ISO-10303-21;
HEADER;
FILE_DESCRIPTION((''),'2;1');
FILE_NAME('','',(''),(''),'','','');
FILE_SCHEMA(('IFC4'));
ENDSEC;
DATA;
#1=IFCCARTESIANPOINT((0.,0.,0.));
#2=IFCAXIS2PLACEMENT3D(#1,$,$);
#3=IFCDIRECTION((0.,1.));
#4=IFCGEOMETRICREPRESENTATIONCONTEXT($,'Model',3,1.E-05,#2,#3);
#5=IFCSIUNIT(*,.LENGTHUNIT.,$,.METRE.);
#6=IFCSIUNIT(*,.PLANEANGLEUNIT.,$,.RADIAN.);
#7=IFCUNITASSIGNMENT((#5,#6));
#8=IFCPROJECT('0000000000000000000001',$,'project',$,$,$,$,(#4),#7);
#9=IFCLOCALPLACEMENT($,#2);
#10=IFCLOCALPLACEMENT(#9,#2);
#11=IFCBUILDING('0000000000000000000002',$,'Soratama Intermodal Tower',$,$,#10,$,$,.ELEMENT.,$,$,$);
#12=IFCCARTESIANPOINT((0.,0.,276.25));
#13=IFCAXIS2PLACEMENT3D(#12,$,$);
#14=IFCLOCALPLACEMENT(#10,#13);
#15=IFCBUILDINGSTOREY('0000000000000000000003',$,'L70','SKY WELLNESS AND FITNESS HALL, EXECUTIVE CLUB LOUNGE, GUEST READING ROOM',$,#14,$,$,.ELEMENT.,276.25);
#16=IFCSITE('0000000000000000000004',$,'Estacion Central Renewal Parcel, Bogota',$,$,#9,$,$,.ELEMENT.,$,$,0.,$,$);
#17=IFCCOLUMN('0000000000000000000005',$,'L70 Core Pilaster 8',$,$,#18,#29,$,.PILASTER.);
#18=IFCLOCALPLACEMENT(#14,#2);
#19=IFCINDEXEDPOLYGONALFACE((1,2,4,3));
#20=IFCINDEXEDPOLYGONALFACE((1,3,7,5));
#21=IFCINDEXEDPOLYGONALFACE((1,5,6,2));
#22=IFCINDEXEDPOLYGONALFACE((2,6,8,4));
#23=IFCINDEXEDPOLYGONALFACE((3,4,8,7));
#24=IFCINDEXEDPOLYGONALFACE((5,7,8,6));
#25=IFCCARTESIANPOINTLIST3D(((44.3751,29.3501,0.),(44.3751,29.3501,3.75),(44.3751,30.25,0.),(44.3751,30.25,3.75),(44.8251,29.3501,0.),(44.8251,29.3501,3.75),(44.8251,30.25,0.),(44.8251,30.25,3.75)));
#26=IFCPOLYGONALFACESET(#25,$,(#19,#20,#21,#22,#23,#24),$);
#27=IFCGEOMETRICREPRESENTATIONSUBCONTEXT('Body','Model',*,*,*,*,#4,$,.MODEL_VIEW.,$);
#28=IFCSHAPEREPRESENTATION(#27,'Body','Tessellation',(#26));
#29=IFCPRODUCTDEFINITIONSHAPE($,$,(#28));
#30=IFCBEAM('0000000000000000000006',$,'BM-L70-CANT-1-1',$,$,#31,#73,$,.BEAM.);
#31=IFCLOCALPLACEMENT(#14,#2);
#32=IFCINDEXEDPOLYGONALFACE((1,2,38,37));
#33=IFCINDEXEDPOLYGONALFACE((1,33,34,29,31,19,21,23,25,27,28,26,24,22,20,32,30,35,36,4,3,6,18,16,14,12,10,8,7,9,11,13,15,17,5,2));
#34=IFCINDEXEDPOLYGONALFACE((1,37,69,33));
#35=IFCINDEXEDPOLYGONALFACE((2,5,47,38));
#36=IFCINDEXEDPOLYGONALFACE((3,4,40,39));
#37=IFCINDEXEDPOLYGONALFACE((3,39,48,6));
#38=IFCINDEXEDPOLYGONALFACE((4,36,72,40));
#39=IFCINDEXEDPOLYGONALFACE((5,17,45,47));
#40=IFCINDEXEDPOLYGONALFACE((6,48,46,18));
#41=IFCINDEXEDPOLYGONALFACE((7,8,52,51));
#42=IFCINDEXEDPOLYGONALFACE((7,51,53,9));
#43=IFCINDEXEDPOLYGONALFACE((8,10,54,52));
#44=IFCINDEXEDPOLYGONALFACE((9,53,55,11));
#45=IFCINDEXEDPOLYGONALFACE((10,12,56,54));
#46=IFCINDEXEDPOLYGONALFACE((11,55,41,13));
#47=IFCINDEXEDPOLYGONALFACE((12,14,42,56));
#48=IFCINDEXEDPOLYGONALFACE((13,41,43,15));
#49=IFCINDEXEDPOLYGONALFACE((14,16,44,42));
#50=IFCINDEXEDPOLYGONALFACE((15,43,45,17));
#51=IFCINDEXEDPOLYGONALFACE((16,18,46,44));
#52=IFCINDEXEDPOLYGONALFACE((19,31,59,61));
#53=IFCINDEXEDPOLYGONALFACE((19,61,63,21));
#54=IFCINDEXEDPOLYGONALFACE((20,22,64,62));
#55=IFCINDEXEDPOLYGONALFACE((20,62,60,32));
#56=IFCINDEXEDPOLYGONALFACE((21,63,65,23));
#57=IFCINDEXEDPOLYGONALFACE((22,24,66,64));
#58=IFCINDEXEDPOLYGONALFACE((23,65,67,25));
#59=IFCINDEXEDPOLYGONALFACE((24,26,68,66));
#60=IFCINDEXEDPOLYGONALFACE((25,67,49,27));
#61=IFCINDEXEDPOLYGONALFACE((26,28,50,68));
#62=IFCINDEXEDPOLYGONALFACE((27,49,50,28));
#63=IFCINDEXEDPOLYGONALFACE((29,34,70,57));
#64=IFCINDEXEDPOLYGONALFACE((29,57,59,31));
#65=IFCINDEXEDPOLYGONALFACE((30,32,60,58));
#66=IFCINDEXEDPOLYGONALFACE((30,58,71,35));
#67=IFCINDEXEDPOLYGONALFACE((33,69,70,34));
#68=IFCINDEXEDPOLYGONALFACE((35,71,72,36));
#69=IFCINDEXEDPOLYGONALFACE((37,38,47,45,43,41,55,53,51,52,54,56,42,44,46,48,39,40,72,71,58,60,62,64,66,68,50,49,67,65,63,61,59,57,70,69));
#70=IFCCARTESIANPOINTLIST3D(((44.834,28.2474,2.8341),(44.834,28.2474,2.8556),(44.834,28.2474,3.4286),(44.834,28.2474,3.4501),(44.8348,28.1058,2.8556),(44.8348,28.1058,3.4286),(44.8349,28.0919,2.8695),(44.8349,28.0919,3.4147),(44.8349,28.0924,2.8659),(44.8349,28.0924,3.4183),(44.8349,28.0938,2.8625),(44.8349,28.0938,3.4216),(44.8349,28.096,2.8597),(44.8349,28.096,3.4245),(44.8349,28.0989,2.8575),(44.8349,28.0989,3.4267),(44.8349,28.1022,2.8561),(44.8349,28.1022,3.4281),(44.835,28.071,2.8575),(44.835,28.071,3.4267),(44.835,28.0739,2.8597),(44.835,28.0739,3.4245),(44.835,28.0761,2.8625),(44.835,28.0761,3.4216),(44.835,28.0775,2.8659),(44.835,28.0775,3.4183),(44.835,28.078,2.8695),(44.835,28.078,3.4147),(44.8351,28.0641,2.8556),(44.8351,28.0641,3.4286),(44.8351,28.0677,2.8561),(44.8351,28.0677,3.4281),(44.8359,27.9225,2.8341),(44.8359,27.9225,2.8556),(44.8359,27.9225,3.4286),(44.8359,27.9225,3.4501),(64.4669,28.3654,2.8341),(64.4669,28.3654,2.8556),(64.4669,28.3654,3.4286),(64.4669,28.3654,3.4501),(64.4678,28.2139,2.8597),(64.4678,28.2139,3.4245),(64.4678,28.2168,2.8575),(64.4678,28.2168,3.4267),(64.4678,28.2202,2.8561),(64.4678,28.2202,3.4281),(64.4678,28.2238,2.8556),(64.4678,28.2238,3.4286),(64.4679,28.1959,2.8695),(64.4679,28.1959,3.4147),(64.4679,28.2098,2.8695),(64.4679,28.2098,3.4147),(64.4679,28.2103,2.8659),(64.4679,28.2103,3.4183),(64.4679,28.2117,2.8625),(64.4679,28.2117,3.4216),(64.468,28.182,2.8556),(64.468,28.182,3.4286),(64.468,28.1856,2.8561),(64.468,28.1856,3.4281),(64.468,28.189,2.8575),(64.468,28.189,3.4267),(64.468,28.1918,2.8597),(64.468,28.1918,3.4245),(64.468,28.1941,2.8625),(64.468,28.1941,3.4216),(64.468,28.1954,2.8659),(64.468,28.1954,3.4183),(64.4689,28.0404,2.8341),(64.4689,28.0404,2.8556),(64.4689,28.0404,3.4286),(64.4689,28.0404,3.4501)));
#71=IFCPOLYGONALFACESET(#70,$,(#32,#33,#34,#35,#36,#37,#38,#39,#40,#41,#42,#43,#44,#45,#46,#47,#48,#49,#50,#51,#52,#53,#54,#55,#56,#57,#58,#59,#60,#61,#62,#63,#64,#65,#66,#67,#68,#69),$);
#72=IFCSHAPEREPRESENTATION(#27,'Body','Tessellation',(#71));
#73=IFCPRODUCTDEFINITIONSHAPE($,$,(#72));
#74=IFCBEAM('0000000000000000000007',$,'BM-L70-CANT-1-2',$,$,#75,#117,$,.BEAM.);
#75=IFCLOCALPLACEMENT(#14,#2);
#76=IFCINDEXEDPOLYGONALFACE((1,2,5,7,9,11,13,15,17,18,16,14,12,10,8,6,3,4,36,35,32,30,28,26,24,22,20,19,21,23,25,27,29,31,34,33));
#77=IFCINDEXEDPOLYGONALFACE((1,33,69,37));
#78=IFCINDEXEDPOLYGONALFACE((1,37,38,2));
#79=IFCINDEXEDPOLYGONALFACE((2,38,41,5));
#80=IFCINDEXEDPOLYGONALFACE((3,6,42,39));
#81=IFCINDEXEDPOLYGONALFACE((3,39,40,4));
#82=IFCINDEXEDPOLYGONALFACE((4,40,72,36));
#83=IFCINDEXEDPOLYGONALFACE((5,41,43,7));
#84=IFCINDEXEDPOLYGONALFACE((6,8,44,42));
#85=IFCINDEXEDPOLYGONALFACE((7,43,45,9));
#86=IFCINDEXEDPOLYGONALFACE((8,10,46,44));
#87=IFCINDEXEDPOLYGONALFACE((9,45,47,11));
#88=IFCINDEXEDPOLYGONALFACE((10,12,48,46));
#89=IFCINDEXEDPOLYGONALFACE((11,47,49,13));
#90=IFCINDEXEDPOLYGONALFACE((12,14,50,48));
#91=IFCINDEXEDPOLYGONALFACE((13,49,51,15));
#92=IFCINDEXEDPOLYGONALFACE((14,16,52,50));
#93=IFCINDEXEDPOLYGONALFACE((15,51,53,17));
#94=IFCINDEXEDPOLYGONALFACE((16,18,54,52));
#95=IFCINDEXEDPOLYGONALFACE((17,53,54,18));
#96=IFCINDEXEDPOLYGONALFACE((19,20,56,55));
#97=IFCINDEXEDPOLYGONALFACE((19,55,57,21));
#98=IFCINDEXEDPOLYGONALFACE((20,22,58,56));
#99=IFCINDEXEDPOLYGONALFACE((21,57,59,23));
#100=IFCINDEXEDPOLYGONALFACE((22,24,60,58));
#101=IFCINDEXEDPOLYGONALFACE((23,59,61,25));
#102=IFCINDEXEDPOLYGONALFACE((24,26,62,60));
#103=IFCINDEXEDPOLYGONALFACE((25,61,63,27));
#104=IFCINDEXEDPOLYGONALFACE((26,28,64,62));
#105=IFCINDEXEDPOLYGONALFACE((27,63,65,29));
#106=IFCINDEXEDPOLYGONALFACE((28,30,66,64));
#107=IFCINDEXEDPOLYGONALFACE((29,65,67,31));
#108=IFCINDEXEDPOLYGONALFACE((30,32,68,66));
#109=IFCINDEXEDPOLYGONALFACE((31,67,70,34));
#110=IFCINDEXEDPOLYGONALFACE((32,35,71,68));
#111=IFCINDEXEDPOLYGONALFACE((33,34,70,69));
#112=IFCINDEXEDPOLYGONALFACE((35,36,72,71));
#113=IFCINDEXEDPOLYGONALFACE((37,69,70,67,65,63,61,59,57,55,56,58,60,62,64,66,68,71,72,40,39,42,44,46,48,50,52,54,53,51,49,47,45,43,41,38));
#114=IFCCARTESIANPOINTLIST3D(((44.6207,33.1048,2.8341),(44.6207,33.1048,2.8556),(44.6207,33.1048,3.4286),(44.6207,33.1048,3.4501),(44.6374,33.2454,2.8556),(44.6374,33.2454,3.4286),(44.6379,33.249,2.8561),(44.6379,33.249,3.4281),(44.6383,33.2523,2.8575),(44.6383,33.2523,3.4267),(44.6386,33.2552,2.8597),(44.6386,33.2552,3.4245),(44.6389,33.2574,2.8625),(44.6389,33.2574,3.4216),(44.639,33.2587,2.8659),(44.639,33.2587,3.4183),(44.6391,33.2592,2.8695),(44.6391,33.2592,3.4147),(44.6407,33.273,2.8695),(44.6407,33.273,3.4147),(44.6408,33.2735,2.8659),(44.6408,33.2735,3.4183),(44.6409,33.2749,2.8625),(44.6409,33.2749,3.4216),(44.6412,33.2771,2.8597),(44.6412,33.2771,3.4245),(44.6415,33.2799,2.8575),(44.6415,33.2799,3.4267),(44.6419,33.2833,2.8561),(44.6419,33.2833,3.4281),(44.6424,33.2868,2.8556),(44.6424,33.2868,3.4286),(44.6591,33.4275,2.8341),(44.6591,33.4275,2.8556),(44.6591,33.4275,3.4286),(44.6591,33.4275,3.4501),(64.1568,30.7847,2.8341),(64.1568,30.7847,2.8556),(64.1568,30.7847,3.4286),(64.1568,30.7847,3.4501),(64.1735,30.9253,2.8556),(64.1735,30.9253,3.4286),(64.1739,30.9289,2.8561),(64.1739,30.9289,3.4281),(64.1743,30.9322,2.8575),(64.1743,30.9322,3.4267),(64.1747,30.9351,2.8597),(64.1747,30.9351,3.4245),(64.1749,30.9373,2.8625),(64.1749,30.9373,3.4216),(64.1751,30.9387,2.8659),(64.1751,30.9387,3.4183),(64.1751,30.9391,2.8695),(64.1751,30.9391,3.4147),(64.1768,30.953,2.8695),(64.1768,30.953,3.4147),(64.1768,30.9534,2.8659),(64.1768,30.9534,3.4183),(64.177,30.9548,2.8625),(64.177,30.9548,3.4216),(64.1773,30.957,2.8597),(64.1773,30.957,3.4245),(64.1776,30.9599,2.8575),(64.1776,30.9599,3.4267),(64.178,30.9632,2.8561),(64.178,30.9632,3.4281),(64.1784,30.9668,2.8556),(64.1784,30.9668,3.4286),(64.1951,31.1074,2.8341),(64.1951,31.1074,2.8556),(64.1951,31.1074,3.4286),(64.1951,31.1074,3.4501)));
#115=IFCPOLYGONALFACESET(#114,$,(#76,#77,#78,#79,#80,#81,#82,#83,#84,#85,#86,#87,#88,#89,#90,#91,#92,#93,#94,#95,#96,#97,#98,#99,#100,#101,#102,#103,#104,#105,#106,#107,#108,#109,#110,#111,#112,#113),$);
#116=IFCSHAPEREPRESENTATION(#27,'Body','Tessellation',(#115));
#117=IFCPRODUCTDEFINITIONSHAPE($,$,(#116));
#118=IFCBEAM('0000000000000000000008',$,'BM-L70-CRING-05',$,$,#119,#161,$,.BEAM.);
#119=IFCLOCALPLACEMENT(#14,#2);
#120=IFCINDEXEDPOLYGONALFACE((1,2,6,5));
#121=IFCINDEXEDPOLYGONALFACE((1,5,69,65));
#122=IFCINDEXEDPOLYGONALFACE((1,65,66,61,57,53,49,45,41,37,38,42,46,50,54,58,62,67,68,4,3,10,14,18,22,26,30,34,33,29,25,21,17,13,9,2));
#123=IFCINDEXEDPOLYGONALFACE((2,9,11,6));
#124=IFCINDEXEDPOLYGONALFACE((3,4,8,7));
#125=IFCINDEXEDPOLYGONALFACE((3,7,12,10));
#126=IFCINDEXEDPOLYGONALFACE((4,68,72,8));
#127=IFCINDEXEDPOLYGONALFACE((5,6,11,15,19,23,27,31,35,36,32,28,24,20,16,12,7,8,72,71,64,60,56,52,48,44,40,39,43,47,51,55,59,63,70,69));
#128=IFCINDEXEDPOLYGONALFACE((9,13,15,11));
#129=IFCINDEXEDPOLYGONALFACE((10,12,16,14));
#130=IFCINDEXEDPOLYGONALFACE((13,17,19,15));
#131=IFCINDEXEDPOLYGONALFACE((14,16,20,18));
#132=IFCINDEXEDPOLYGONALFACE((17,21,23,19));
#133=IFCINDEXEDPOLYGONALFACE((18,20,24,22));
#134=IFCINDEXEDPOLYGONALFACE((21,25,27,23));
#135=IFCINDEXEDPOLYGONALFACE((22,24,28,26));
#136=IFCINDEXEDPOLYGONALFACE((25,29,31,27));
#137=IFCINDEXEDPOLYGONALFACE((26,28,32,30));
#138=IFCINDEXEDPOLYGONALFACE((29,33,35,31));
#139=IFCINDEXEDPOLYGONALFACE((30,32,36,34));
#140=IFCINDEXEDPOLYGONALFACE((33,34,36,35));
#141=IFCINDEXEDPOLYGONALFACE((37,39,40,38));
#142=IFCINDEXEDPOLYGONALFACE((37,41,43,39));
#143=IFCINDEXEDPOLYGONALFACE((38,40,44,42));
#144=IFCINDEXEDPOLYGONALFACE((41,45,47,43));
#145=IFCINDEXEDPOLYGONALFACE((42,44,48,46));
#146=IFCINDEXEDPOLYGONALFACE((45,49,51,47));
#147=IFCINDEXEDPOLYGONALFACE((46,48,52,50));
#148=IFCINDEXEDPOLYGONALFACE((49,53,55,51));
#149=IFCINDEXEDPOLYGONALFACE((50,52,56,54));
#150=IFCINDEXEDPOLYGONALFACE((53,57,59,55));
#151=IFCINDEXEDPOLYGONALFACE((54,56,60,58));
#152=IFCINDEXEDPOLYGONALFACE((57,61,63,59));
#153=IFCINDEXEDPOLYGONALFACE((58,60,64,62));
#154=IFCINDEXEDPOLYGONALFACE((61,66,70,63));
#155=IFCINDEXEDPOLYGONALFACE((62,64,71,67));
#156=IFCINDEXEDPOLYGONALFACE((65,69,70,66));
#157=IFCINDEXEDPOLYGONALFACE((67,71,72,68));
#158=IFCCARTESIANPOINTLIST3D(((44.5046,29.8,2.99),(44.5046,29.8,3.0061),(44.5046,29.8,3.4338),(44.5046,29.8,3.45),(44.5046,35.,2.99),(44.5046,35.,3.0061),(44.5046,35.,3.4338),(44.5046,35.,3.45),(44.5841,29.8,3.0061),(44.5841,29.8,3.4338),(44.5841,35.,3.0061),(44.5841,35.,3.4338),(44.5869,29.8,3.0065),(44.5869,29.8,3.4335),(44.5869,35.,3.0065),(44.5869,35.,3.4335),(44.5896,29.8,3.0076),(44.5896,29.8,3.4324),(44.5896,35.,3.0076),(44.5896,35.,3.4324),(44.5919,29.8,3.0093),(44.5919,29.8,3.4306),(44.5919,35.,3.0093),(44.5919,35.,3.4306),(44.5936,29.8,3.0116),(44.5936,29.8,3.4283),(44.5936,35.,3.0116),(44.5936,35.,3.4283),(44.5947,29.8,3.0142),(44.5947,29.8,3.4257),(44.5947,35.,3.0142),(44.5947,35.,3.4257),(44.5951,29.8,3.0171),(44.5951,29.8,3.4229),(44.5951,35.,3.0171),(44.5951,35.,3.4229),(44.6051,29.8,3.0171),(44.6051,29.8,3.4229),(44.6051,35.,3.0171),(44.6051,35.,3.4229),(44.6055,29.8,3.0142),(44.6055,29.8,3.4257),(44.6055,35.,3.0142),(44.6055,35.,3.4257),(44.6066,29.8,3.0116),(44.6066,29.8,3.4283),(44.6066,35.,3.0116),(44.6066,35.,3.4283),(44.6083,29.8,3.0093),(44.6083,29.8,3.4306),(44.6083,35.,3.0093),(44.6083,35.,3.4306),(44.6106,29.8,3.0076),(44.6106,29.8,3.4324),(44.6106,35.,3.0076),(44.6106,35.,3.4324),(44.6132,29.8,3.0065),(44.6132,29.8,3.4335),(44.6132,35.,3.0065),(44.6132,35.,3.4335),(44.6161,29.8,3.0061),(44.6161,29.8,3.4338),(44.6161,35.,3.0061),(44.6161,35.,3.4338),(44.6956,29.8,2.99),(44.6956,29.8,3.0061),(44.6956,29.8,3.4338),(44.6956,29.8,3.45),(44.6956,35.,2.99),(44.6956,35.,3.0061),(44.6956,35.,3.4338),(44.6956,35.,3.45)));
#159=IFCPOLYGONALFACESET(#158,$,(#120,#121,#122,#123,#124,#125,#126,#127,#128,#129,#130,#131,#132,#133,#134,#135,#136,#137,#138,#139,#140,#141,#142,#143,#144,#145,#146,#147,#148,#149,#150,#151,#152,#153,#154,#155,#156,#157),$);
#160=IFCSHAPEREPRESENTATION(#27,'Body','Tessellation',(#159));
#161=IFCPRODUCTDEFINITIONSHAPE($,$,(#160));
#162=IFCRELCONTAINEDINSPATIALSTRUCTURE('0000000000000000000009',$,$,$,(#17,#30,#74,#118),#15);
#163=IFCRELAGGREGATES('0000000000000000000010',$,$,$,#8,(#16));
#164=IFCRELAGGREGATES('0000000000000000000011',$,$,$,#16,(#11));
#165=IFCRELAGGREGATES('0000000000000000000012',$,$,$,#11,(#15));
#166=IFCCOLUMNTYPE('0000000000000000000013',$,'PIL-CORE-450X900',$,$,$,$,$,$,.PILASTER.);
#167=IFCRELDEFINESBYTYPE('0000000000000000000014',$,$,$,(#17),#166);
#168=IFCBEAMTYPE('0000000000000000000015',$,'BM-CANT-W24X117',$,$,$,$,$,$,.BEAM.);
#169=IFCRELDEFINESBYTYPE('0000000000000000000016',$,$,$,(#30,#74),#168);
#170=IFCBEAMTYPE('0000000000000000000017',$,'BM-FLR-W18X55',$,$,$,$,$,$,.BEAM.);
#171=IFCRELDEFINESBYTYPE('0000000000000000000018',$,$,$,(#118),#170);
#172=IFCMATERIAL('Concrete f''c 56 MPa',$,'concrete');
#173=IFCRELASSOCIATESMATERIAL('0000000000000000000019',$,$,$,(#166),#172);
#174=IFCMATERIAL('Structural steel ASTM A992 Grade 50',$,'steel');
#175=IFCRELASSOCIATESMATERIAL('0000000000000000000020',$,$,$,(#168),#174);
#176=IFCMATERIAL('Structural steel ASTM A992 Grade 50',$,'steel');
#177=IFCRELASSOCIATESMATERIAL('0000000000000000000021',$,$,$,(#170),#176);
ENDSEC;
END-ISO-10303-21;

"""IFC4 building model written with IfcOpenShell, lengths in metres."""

from ifc_helpers import new_model, si_unit, direction, frame, origin, origin_2d, place, context, subcontext, project, spatial, rectangle, i_section, extrude, material, material_profile, profile_set, type_object, element, save


model = new_model("IFC4")

# Units and contexts
model_context = context("Model", 3, precision=1e-05, world=origin(), true_north=direction((0.0, 1.0)))
body_context = subcontext(model_context, "Body", "Model", "MODEL_VIEW")
ifc_project = project(units=[si_unit("LENGTHUNIT", "METRE"), si_unit("PLANEANGLEUNIT", "RADIAN")], contexts=[model_context])

# Site, building, storey
site_placement = place(None, origin())
site = spatial("IfcSite", under=ifc_project, at=site_placement, Name="Estacion Central Renewal Parcel, Bogota", CompositionType="ELEMENT", RefElevation=0.0)
building_placement = place(site_placement, origin())
building = spatial("IfcBuilding", under=site, at=building_placement, Name="Soratama Intermodal Tower", CompositionType="ELEMENT")
storey_placement = place(building_placement, frame((0.0, 0.0, 276.25)))
storey = spatial("IfcBuildingStorey", under=building, at=storey_placement, Name="L70", Description="SKY WELLNESS AND FITNESS HALL, EXECUTIVE CLUB LOUNGE, GUEST READING ROOM", CompositionType="ELEMENT", Elevation=276.25)

# Column
ifc_material_1 = material(Name="Concrete f'c 56 MPa", Category="concrete")
ifc_material_profile_1 = material_profile(ifc_material_1, rectangle(XDim=0.45, YDim=0.8999, at=origin_2d()), Name="RC450X900")
ifc_profile_set_1 = profile_set([ifc_material_profile_1], Name="Concrete f'c 56 MPa")
column_type = type_object("IfcColumnType", Name="PIL-CORE-450X900", PredefinedType="PILASTER", material=ifc_profile_set_1)
column_placement = place(storey_placement, frame((44.6001, 29.8, 0.0), z_axis=(0.0, 0.0, 1.0), x_axis=(1.0, 0.0, 0.0)))
element("IfcColumn", 1, at=column_placement, inside=storey, type_object=column_type, Name="L70 Core Pilaster 8", PredefinedType="PILASTER", context=body_context, shape_type="SweptSolid", body=[
    extrude(rectangle(XDim=0.45, YDim=0.8999, at=origin_2d()), origin(), (0.0, 0.0, 1.0), 3.75),
])

# Beams
ifc_material_2 = material(Name="Structural steel ASTM A992 Grade 50", Category="steel")
ifc_material_profile_2 = material_profile(ifc_material_2, i_section(OverallWidth=0.325, OverallDepth=0.616, WebThickness=0.0139, FlangeThickness=0.0215, FilletRadius=0.0139, at=origin_2d()), Name="W24X117")
ifc_profile_set_2 = profile_set([ifc_material_profile_2], Name="Structural steel ASTM A992 Grade 50")
beam_type_1 = type_object("IfcBeamType", Name="BM-CANT-W24X117", PredefinedType="BEAM", material=ifc_profile_set_2)
beam_1_placement = place(storey_placement, frame((44.835, 28.085, 3.1421), z_axis=(0.999982, 0.006006, 0.0), x_axis=(-0.006006, 0.999982, 0.0)))
element("IfcBeam", 2, at=beam_1_placement, inside=storey, type_object=beam_type_1, Name="BM-L70-CANT-1-1", PredefinedType="BEAM", context=body_context, shape_type="SweptSolid", body=[
    extrude(i_section(OverallWidth=0.325, OverallDepth=0.616, WebThickness=0.0139, FlangeThickness=0.0215, FilletRadius=0.0139, at=origin_2d()), origin(), (0.0, 0.0, 1.0), 19.6333),
])
beam_2_placement = place(storey_placement, frame((44.6399, 33.2661, 3.1421), z_axis=(0.993022, -0.117929, 0.0), x_axis=(0.117929, 0.993022, 0.0)))
element("IfcBeam", 3, at=beam_2_placement, inside=storey, type_object=beam_type_1, Name="BM-L70-CANT-1-2", PredefinedType="BEAM", context=body_context, shape_type="SweptSolid", body=[
    extrude(i_section(OverallWidth=0.325, OverallDepth=0.616, WebThickness=0.0139, FlangeThickness=0.0215, FilletRadius=0.0139, at=origin_2d()), origin(), (0.0, 0.0, 1.0), 19.6733),
])
ifc_material_3 = material(Name="Structural steel ASTM A992 Grade 50", Category="steel")
ifc_material_profile_3 = material_profile(ifc_material_3, i_section(OverallWidth=0.1909, OverallDepth=0.46, WebThickness=0.01, FlangeThickness=0.0161, FilletRadius=0.011, at=origin_2d()), Name="W18X55")
ifc_profile_set_3 = profile_set([ifc_material_profile_3], Name="Structural steel ASTM A992 Grade 50")
beam_type_2 = type_object("IfcBeamType", Name="BM-FLR-W18X55", PredefinedType="BEAM", material=ifc_profile_set_3)
beam_3_placement = place(storey_placement, frame((44.6001, 29.8, 3.22), z_axis=(0.0, 1.0, 0.0), x_axis=(-1.0, 0.0, 0.0)))
element("IfcBeam", 4, at=beam_3_placement, inside=storey, type_object=beam_type_2, Name="BM-L70-CRING-05", PredefinedType="BEAM", context=body_context, shape_type="SweptSolid", body=[
    extrude(i_section(OverallWidth=0.1909, OverallDepth=0.46, WebThickness=0.01, FlangeThickness=0.0161, FilletRadius=0.011, at=origin_2d()), origin(), (0.0, 0.0, 1.0), 5.2),
])

save(model, "model.ifc")
